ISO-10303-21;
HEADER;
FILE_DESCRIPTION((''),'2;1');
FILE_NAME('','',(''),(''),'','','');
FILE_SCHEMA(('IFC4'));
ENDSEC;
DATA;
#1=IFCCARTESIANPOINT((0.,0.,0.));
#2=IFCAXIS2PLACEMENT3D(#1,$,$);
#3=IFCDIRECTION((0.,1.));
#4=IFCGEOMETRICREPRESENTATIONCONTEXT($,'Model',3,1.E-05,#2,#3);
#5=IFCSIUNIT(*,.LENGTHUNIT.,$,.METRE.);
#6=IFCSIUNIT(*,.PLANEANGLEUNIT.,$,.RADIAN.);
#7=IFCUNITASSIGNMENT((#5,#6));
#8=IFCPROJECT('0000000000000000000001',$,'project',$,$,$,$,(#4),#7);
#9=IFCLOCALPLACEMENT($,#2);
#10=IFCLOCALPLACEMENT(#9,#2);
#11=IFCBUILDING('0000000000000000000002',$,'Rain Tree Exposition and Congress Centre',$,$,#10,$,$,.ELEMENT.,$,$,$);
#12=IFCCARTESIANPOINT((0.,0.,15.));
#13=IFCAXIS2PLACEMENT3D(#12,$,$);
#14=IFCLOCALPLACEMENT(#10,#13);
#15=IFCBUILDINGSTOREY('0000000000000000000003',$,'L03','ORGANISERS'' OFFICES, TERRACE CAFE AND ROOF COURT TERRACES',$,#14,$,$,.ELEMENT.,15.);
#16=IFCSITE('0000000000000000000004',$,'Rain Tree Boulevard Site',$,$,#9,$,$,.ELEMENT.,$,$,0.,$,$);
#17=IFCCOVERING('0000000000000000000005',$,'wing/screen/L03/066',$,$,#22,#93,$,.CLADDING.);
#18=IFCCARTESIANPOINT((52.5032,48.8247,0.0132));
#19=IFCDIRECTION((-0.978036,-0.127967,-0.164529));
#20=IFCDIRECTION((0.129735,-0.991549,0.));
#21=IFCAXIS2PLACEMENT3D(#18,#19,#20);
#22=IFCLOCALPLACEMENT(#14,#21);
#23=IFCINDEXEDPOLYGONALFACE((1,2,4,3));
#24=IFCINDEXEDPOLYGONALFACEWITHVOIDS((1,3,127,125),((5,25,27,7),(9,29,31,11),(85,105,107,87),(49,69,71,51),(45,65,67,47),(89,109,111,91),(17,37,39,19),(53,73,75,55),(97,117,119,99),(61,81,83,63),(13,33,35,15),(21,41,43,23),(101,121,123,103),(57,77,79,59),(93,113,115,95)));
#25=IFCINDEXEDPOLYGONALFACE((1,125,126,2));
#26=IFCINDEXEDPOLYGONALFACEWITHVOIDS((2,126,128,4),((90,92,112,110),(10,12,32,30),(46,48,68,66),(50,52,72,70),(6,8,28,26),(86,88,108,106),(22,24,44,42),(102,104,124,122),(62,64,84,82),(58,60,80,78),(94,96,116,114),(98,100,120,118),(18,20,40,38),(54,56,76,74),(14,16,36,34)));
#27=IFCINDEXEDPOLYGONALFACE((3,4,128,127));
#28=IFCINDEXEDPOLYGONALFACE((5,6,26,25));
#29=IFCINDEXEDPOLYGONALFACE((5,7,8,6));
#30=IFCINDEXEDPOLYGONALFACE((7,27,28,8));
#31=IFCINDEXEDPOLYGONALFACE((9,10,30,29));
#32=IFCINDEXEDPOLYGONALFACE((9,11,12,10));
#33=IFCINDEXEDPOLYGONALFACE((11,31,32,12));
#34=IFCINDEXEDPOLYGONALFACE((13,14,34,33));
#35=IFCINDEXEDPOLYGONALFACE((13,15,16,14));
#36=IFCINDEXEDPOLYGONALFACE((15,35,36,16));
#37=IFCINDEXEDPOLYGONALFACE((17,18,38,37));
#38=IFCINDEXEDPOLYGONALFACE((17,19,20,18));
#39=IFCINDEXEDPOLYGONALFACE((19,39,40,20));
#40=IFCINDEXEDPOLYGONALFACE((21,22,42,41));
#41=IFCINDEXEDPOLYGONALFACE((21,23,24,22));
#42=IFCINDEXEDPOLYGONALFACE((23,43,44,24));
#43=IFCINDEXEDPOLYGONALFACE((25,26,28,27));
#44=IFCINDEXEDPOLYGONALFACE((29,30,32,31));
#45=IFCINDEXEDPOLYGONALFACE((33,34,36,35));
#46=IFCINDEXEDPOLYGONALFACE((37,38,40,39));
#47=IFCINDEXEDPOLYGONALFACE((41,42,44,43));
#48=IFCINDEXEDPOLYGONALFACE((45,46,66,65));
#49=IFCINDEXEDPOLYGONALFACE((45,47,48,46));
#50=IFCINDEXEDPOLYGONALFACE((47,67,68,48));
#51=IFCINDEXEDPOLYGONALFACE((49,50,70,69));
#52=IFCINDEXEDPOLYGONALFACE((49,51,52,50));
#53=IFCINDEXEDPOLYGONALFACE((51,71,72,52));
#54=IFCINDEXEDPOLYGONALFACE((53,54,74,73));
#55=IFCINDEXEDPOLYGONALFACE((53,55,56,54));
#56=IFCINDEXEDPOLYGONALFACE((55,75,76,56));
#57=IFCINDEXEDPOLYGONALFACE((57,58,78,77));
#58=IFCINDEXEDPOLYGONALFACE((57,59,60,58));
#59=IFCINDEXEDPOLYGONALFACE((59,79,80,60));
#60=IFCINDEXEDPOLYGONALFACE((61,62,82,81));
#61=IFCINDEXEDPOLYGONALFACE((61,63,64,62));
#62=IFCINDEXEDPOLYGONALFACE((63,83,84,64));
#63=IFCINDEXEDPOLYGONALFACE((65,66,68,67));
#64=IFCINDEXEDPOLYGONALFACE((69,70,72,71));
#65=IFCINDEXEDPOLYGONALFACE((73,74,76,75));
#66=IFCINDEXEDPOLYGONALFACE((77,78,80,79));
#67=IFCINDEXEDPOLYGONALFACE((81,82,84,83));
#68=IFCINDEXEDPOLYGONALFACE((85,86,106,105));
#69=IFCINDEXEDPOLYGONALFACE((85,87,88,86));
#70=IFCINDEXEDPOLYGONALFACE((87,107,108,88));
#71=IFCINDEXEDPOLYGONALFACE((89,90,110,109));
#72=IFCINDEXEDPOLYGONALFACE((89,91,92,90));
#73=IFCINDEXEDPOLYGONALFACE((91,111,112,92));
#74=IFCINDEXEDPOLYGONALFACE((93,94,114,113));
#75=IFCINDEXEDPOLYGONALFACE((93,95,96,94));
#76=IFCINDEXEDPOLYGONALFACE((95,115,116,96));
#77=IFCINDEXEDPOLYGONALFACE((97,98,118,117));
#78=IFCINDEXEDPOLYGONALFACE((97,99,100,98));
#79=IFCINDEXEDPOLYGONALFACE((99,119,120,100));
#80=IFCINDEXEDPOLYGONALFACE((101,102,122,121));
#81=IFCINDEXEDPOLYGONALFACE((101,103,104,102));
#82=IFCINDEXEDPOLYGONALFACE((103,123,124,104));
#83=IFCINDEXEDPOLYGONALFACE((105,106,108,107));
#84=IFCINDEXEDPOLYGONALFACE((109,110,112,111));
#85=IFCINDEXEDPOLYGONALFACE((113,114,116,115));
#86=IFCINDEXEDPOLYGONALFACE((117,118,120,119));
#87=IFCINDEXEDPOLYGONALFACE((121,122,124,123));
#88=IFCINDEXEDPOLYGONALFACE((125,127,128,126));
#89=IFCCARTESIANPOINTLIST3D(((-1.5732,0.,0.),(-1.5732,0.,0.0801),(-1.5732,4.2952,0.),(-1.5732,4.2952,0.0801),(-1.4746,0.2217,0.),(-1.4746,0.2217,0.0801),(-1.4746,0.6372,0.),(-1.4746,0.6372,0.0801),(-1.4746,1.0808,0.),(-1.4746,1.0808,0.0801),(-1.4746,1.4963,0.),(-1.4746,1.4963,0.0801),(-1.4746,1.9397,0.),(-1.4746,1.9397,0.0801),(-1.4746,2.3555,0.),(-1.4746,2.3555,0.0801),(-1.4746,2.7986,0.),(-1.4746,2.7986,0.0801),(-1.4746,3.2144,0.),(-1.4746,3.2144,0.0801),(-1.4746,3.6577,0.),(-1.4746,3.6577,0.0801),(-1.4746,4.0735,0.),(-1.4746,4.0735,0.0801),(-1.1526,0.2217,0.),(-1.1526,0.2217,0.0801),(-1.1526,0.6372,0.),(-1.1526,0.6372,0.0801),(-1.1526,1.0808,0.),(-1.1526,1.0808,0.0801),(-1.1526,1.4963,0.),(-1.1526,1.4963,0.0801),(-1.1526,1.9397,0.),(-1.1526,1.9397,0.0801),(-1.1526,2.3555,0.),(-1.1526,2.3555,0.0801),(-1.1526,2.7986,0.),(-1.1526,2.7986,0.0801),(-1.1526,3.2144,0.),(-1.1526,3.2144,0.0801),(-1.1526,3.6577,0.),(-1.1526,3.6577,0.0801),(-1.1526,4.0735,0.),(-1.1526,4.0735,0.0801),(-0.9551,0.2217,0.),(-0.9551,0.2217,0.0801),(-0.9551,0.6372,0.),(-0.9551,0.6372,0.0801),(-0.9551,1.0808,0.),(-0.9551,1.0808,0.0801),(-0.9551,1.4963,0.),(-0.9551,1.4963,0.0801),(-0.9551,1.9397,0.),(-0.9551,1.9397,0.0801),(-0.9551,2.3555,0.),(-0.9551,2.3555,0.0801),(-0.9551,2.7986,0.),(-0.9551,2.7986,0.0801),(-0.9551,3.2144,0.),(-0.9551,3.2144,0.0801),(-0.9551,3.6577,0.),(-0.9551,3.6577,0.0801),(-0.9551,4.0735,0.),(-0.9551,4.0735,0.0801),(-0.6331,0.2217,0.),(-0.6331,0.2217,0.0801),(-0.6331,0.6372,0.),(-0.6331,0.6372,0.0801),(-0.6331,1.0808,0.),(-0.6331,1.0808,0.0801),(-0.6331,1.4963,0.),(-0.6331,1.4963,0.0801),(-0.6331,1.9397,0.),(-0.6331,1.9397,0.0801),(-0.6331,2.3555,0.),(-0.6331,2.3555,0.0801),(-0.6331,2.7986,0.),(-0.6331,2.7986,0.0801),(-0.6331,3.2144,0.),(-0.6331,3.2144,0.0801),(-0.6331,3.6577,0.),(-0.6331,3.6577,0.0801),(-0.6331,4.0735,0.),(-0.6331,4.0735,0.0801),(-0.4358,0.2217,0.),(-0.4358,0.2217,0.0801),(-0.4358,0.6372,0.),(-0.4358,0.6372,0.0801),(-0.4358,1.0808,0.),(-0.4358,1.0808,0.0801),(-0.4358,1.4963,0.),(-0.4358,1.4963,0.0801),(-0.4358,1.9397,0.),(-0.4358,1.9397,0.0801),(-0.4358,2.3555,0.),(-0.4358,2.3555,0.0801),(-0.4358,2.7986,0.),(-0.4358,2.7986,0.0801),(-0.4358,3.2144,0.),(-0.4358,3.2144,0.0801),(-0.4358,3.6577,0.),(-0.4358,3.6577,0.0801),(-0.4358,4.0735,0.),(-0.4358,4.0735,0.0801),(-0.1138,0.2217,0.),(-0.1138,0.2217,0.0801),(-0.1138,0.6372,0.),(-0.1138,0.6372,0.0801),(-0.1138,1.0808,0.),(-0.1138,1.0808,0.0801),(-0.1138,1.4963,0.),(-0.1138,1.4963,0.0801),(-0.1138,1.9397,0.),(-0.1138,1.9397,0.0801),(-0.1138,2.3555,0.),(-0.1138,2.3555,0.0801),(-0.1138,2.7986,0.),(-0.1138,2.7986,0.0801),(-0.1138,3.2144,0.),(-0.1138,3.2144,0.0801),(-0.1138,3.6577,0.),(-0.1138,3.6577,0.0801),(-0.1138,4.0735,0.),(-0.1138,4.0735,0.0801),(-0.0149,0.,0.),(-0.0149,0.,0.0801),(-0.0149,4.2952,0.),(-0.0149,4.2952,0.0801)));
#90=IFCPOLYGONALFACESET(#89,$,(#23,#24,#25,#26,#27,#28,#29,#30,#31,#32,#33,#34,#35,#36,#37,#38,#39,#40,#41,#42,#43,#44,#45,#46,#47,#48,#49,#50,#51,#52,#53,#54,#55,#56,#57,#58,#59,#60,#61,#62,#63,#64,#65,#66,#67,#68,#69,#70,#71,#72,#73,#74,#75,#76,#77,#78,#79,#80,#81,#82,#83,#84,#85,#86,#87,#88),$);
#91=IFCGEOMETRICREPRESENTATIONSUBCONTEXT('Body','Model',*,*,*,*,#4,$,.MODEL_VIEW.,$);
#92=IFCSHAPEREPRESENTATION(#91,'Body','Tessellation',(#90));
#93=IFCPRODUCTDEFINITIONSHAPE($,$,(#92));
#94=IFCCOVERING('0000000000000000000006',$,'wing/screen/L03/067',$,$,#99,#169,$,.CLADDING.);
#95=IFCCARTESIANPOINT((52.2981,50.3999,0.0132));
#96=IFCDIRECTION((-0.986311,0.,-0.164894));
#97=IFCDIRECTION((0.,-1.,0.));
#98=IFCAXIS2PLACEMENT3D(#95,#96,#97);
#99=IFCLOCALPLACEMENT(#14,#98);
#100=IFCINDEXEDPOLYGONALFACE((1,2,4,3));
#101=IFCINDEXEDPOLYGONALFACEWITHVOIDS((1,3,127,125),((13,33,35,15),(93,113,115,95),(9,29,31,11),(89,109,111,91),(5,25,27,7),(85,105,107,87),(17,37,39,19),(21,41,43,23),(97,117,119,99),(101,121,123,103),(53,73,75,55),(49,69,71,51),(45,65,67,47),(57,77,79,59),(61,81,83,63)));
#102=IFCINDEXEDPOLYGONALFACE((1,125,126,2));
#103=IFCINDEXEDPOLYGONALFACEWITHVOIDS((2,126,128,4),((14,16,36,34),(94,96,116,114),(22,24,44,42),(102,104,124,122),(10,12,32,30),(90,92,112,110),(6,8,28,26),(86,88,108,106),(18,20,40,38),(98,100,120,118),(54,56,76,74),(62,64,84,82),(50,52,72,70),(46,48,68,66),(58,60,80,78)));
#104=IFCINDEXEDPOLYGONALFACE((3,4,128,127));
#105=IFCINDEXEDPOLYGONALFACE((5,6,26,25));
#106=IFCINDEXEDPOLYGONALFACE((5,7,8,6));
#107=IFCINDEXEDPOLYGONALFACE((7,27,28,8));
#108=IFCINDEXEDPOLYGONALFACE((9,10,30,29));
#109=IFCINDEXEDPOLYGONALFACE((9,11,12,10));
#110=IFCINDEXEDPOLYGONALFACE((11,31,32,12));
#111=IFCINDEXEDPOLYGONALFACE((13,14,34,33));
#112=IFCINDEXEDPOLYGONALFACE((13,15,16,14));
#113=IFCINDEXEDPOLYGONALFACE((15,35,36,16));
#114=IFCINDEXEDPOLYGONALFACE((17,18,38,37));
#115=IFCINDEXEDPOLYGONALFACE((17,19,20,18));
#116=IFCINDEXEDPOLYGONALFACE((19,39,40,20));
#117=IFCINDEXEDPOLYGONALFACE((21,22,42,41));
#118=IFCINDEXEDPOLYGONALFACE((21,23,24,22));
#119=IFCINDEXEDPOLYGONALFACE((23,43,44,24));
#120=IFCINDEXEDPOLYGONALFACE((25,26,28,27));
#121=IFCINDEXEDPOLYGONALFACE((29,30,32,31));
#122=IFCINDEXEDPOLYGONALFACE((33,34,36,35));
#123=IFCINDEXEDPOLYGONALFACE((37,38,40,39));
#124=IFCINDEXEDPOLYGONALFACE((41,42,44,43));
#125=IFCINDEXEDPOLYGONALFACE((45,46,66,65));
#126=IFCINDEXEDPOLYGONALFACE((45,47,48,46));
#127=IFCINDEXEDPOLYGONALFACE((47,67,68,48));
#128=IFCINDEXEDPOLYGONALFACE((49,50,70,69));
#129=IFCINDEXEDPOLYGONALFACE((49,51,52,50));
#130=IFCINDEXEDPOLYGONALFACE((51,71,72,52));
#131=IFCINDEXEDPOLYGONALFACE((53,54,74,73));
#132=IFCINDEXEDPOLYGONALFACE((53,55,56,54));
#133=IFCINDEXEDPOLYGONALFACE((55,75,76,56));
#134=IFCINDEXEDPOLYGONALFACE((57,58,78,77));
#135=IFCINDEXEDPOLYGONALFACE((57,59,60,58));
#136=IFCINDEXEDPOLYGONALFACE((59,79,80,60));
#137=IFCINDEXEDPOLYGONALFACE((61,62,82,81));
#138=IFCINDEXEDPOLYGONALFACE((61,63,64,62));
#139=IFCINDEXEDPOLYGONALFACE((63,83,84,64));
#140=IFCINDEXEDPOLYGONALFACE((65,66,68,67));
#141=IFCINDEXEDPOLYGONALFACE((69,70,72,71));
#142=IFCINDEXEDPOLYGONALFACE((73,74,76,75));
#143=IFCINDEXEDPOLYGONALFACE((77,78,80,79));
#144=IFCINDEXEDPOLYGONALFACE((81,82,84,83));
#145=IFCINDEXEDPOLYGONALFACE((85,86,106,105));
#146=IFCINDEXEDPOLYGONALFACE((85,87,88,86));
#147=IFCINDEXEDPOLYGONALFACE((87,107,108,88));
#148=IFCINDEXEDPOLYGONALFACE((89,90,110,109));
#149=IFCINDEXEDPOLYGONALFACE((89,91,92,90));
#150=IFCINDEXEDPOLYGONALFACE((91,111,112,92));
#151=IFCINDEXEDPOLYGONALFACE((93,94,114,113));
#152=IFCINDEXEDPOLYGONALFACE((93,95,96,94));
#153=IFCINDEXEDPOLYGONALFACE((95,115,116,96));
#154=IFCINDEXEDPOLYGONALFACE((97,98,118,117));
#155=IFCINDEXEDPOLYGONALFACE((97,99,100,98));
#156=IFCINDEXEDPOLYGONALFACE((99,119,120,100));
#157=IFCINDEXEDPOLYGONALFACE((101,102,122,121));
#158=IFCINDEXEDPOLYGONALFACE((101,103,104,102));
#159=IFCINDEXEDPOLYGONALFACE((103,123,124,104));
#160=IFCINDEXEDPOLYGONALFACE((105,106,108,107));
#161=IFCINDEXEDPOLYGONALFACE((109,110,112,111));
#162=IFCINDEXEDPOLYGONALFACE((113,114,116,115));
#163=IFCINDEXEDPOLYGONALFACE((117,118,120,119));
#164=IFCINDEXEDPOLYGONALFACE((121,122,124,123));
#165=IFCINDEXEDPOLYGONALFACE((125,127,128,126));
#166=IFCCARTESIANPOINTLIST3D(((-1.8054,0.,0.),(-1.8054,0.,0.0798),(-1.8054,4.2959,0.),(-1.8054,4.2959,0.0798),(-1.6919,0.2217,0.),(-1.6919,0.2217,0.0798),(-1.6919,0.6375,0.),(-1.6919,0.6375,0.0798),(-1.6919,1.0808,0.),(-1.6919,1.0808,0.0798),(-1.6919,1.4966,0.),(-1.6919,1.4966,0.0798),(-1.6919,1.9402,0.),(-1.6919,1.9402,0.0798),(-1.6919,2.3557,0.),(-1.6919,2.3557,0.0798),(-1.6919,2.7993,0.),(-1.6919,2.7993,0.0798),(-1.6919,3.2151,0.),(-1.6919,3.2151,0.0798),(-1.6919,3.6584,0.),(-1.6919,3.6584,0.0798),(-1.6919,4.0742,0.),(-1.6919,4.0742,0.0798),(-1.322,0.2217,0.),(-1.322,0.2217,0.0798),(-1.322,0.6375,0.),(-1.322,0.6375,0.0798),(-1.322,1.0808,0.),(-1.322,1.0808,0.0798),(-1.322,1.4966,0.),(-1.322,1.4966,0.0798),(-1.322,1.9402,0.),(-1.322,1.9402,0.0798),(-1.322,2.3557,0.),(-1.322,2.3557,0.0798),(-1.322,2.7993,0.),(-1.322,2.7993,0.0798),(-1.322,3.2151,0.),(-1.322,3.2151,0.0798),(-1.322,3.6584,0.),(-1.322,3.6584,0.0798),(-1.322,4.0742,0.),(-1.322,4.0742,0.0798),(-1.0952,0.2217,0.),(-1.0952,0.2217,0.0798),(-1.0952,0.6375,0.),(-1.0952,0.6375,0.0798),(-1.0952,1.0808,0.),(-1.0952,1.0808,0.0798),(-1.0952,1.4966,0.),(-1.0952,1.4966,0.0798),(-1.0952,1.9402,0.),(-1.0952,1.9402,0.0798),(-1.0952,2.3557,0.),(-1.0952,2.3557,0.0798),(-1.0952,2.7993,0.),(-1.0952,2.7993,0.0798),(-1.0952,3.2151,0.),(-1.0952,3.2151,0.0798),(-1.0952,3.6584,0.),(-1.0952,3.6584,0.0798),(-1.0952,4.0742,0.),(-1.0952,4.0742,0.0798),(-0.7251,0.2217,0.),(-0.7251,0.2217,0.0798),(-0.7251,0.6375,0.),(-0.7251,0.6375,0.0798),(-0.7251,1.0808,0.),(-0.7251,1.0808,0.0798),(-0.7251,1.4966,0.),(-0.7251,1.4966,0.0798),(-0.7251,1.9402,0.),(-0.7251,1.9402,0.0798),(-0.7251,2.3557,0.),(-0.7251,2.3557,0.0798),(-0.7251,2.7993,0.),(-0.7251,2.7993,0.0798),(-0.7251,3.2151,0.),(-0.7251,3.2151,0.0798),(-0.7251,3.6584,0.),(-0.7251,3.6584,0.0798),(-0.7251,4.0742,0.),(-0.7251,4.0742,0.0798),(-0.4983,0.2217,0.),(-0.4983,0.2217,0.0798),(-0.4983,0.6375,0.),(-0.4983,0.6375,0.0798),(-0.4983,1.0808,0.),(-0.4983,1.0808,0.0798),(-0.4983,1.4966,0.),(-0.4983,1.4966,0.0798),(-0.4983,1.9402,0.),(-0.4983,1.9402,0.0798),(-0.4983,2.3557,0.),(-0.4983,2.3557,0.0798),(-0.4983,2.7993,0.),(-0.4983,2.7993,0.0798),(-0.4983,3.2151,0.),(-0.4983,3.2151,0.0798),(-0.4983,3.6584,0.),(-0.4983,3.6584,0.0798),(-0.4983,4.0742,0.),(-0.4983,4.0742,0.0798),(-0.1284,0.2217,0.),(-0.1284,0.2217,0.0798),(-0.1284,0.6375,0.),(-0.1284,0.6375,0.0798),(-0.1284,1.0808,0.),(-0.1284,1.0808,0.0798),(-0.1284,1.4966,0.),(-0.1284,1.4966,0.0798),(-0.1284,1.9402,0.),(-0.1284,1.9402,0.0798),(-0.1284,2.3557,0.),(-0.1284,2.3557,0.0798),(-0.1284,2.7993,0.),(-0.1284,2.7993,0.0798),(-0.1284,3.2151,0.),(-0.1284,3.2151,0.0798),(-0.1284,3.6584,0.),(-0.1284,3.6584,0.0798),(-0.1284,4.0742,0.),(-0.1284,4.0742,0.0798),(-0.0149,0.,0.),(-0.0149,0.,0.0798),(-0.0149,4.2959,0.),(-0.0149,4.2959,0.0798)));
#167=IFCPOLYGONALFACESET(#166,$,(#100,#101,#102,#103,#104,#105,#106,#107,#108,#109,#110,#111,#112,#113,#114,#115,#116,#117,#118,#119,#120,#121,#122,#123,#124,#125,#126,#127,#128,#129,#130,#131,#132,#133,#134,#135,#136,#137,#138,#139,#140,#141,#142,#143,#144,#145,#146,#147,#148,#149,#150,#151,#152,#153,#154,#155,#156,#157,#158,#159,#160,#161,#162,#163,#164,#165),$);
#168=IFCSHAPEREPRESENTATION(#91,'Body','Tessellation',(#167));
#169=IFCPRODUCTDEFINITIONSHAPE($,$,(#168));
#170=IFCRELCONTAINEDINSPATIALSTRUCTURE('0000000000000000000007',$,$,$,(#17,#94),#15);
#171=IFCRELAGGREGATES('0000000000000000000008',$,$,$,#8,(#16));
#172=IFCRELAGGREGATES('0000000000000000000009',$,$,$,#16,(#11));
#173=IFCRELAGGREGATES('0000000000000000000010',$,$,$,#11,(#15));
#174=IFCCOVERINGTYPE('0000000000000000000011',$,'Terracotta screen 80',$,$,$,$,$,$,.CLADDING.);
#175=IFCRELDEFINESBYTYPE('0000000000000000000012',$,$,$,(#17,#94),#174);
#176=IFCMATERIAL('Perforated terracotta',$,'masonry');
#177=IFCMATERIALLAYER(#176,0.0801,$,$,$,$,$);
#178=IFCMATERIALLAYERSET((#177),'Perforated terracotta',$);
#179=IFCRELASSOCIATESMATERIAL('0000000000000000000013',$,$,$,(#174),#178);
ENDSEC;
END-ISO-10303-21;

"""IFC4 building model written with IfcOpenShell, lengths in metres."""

from ifc_helpers import new_model, si_unit, direction, frame, origin, place, context, subcontext, project, spatial, polyline, outline, extrude, material, layer, layer_set, type_object, element, save


model = new_model("IFC4")

# Units and contexts
model_context = context("Model", 3, precision=1e-05, world=origin(), true_north=direction((0.0, 1.0)))
body_context = subcontext(model_context, "Body", "Model", "MODEL_VIEW")
ifc_project = project(units=[si_unit("LENGTHUNIT", "METRE"), si_unit("PLANEANGLEUNIT", "RADIAN")], contexts=[model_context])

# Site, building, storey
site_placement = place(None, origin())
site = spatial("IfcSite", under=ifc_project, at=site_placement, Name="Rain Tree Boulevard Site", CompositionType="ELEMENT", RefElevation=0.0)
building_placement = place(site_placement, origin())
building = spatial("IfcBuilding", under=site, at=building_placement, Name="Rain Tree Exposition and Congress Centre", CompositionType="ELEMENT")
storey_placement = place(building_placement, frame((0.0, 0.0, 15.0)))
storey = spatial("IfcBuildingStorey", under=building, at=storey_placement, Name="L03", Description="ORGANISERS' OFFICES, TERRACE CAFE AND ROOF COURT TERRACES", CompositionType="ELEMENT", Elevation=15.0)

# Coverings
ifc_material_1 = material(Name="Perforated terracotta", Category="masonry")
ifc_layer_1 = layer(ifc_material_1, 0.0801)
ifc_layer_set_1 = layer_set([ifc_layer_1], Name="Perforated terracotta")
covering_type_1 = type_object("IfcCoveringType", Name="Terracotta screen 80", PredefinedType="CLADDING", material=ifc_layer_set_1)
covering_1_placement = place(storey_placement, frame((52.5032, 48.8247, 0.0132), z_axis=(-0.978036, -0.127967, -0.164529), x_axis=(0.129735, -0.991549, 0.0)))
element("IfcCovering", 1, at=covering_1_placement, inside=storey, type_object=covering_type_1, Name="wing/screen/L03/066", PredefinedType="CLADDING", context=body_context, shape_type="SweptSolid", body=[
    extrude(outline(polyline([(-1.5732, 0.0), (-1.5732, 4.2952), (-0.0149, 4.2952), (-0.0149, 0.0), (-1.5732, 0.0)]), holes=[polyline([(-0.1138, 0.2217), (-0.1138, 0.6372), (-0.4358, 0.6372), (-0.4358, 0.2217), (-0.1138, 0.2217)]), polyline([(-0.1138, 1.0808), (-0.1138, 1.4963), (-0.4358, 1.4963), (-0.4358, 1.0808), (-0.1138, 1.0808)]), polyline([(-0.1138, 1.9397), (-0.1138, 2.3555), (-0.4358, 2.3555), (-0.4358, 1.9397), (-0.1138, 1.9397)]), polyline([(-0.1138, 2.7986), (-0.1138, 3.2144), (-0.4358, 3.2144), (-0.4358, 2.7986), (-0.1138, 2.7986)]), polyline([(-0.1138, 3.6577), (-0.1138, 4.0735), (-0.4358, 4.0735), (-0.4358, 3.6577), (-0.1138, 3.6577)]), polyline([(-0.6331, 0.2217), (-0.6331, 0.6372), (-0.9551, 0.6372), (-0.9551, 0.2217), (-0.6331, 0.2217)]), polyline([(-0.6331, 1.0808), (-0.6331, 1.4963), (-0.9551, 1.4963), (-0.9551, 1.0808), (-0.6331, 1.0808)]), polyline([(-0.6331, 1.9397), (-0.6331, 2.3555), (-0.9551, 2.3555), (-0.9551, 1.9397), (-0.6331, 1.9397)]), polyline([(-0.6331, 2.7986), (-0.6331, 3.2144), (-0.9551, 3.2144), (-0.9551, 2.7986), (-0.6331, 2.7986)]), polyline([(-0.6331, 3.6577), (-0.6331, 4.0735), (-0.9551, 4.0735), (-0.9551, 3.6577), (-0.6331, 3.6577)]), polyline([(-1.1526, 0.2217), (-1.1526, 0.6372), (-1.4746, 0.6372), (-1.4746, 0.2217), (-1.1526, 0.2217)]), polyline([(-1.1526, 1.0808), (-1.1526, 1.4963), (-1.4746, 1.4963), (-1.4746, 1.0808), (-1.1526, 1.0808)]), polyline([(-1.1526, 1.9397), (-1.1526, 2.3555), (-1.4746, 2.3555), (-1.4746, 1.9397), (-1.1526, 1.9397)]), polyline([(-1.1526, 2.7986), (-1.1526, 3.2144), (-1.4746, 3.2144), (-1.4746, 2.7986), (-1.1526, 2.7986)]), polyline([(-1.1526, 3.6577), (-1.1526, 4.0735), (-1.4746, 4.0735), (-1.4746, 3.6577), (-1.1526, 3.6577)])]), origin(), (0.0, 0.0, 1.0), 0.0801),
])
covering_2_placement = place(storey_placement, frame((52.2981, 50.3999, 0.0132), z_axis=(-0.986311, 0.0, -0.164894), x_axis=(0.0, -1.0, 0.0)))
element("IfcCovering", 2, at=covering_2_placement, inside=storey, type_object=covering_type_1, Name="wing/screen/L03/067", PredefinedType="CLADDING", context=body_context, shape_type="SweptSolid", body=[
    extrude(outline(polyline([(-1.8054, 0.0), (-1.8054, 4.2959), (-0.0149, 4.2959), (-0.0149, 0.0), (-1.8054, 0.0)]), holes=[polyline([(-0.1284, 0.2217), (-0.1284, 0.6375), (-0.4983, 0.6375), (-0.4983, 0.2217), (-0.1284, 0.2217)]), polyline([(-0.1284, 1.0808), (-0.1284, 1.4966), (-0.4983, 1.4966), (-0.4983, 1.0808), (-0.1284, 1.0808)]), polyline([(-0.1284, 1.9402), (-0.1284, 2.3557), (-0.4983, 2.3557), (-0.4983, 1.9402), (-0.1284, 1.9402)]), polyline([(-0.1284, 2.7993), (-0.1284, 3.2151), (-0.4983, 3.2151), (-0.4983, 2.7993), (-0.1284, 2.7993)]), polyline([(-0.1284, 3.6584), (-0.1284, 4.0742), (-0.4983, 4.0742), (-0.4983, 3.6584), (-0.1284, 3.6584)]), polyline([(-0.7251, 0.2217), (-0.7251, 0.6375), (-1.0952, 0.6375), (-1.0952, 0.2217), (-0.7251, 0.2217)]), polyline([(-0.7251, 1.0808), (-0.7251, 1.4966), (-1.0952, 1.4966), (-1.0952, 1.0808), (-0.7251, 1.0808)]), polyline([(-0.7251, 1.9402), (-0.7251, 2.3557), (-1.0952, 2.3557), (-1.0952, 1.9402), (-0.7251, 1.9402)]), polyline([(-0.7251, 2.7993), (-0.7251, 3.2151), (-1.0952, 3.2151), (-1.0952, 2.7993), (-0.7251, 2.7993)]), polyline([(-0.7251, 3.6584), (-0.7251, 4.0742), (-1.0952, 4.0742), (-1.0952, 3.6584), (-0.7251, 3.6584)]), polyline([(-1.322, 0.2217), (-1.322, 0.6375), (-1.6919, 0.6375), (-1.6919, 0.2217), (-1.322, 0.2217)]), polyline([(-1.322, 1.0808), (-1.322, 1.4966), (-1.6919, 1.4966), (-1.6919, 1.0808), (-1.322, 1.0808)]), polyline([(-1.322, 1.9402), (-1.322, 2.3557), (-1.6919, 2.3557), (-1.6919, 1.9402), (-1.322, 1.9402)]), polyline([(-1.322, 2.7993), (-1.322, 3.2151), (-1.6919, 3.2151), (-1.6919, 2.7993), (-1.322, 2.7993)]), polyline([(-1.322, 3.6584), (-1.322, 4.0742), (-1.6919, 4.0742), (-1.6919, 3.6584), (-1.322, 3.6584)])]), origin(), (0.0, 0.0, 1.0), 0.0798),
])

save(model, "model.ifc")
